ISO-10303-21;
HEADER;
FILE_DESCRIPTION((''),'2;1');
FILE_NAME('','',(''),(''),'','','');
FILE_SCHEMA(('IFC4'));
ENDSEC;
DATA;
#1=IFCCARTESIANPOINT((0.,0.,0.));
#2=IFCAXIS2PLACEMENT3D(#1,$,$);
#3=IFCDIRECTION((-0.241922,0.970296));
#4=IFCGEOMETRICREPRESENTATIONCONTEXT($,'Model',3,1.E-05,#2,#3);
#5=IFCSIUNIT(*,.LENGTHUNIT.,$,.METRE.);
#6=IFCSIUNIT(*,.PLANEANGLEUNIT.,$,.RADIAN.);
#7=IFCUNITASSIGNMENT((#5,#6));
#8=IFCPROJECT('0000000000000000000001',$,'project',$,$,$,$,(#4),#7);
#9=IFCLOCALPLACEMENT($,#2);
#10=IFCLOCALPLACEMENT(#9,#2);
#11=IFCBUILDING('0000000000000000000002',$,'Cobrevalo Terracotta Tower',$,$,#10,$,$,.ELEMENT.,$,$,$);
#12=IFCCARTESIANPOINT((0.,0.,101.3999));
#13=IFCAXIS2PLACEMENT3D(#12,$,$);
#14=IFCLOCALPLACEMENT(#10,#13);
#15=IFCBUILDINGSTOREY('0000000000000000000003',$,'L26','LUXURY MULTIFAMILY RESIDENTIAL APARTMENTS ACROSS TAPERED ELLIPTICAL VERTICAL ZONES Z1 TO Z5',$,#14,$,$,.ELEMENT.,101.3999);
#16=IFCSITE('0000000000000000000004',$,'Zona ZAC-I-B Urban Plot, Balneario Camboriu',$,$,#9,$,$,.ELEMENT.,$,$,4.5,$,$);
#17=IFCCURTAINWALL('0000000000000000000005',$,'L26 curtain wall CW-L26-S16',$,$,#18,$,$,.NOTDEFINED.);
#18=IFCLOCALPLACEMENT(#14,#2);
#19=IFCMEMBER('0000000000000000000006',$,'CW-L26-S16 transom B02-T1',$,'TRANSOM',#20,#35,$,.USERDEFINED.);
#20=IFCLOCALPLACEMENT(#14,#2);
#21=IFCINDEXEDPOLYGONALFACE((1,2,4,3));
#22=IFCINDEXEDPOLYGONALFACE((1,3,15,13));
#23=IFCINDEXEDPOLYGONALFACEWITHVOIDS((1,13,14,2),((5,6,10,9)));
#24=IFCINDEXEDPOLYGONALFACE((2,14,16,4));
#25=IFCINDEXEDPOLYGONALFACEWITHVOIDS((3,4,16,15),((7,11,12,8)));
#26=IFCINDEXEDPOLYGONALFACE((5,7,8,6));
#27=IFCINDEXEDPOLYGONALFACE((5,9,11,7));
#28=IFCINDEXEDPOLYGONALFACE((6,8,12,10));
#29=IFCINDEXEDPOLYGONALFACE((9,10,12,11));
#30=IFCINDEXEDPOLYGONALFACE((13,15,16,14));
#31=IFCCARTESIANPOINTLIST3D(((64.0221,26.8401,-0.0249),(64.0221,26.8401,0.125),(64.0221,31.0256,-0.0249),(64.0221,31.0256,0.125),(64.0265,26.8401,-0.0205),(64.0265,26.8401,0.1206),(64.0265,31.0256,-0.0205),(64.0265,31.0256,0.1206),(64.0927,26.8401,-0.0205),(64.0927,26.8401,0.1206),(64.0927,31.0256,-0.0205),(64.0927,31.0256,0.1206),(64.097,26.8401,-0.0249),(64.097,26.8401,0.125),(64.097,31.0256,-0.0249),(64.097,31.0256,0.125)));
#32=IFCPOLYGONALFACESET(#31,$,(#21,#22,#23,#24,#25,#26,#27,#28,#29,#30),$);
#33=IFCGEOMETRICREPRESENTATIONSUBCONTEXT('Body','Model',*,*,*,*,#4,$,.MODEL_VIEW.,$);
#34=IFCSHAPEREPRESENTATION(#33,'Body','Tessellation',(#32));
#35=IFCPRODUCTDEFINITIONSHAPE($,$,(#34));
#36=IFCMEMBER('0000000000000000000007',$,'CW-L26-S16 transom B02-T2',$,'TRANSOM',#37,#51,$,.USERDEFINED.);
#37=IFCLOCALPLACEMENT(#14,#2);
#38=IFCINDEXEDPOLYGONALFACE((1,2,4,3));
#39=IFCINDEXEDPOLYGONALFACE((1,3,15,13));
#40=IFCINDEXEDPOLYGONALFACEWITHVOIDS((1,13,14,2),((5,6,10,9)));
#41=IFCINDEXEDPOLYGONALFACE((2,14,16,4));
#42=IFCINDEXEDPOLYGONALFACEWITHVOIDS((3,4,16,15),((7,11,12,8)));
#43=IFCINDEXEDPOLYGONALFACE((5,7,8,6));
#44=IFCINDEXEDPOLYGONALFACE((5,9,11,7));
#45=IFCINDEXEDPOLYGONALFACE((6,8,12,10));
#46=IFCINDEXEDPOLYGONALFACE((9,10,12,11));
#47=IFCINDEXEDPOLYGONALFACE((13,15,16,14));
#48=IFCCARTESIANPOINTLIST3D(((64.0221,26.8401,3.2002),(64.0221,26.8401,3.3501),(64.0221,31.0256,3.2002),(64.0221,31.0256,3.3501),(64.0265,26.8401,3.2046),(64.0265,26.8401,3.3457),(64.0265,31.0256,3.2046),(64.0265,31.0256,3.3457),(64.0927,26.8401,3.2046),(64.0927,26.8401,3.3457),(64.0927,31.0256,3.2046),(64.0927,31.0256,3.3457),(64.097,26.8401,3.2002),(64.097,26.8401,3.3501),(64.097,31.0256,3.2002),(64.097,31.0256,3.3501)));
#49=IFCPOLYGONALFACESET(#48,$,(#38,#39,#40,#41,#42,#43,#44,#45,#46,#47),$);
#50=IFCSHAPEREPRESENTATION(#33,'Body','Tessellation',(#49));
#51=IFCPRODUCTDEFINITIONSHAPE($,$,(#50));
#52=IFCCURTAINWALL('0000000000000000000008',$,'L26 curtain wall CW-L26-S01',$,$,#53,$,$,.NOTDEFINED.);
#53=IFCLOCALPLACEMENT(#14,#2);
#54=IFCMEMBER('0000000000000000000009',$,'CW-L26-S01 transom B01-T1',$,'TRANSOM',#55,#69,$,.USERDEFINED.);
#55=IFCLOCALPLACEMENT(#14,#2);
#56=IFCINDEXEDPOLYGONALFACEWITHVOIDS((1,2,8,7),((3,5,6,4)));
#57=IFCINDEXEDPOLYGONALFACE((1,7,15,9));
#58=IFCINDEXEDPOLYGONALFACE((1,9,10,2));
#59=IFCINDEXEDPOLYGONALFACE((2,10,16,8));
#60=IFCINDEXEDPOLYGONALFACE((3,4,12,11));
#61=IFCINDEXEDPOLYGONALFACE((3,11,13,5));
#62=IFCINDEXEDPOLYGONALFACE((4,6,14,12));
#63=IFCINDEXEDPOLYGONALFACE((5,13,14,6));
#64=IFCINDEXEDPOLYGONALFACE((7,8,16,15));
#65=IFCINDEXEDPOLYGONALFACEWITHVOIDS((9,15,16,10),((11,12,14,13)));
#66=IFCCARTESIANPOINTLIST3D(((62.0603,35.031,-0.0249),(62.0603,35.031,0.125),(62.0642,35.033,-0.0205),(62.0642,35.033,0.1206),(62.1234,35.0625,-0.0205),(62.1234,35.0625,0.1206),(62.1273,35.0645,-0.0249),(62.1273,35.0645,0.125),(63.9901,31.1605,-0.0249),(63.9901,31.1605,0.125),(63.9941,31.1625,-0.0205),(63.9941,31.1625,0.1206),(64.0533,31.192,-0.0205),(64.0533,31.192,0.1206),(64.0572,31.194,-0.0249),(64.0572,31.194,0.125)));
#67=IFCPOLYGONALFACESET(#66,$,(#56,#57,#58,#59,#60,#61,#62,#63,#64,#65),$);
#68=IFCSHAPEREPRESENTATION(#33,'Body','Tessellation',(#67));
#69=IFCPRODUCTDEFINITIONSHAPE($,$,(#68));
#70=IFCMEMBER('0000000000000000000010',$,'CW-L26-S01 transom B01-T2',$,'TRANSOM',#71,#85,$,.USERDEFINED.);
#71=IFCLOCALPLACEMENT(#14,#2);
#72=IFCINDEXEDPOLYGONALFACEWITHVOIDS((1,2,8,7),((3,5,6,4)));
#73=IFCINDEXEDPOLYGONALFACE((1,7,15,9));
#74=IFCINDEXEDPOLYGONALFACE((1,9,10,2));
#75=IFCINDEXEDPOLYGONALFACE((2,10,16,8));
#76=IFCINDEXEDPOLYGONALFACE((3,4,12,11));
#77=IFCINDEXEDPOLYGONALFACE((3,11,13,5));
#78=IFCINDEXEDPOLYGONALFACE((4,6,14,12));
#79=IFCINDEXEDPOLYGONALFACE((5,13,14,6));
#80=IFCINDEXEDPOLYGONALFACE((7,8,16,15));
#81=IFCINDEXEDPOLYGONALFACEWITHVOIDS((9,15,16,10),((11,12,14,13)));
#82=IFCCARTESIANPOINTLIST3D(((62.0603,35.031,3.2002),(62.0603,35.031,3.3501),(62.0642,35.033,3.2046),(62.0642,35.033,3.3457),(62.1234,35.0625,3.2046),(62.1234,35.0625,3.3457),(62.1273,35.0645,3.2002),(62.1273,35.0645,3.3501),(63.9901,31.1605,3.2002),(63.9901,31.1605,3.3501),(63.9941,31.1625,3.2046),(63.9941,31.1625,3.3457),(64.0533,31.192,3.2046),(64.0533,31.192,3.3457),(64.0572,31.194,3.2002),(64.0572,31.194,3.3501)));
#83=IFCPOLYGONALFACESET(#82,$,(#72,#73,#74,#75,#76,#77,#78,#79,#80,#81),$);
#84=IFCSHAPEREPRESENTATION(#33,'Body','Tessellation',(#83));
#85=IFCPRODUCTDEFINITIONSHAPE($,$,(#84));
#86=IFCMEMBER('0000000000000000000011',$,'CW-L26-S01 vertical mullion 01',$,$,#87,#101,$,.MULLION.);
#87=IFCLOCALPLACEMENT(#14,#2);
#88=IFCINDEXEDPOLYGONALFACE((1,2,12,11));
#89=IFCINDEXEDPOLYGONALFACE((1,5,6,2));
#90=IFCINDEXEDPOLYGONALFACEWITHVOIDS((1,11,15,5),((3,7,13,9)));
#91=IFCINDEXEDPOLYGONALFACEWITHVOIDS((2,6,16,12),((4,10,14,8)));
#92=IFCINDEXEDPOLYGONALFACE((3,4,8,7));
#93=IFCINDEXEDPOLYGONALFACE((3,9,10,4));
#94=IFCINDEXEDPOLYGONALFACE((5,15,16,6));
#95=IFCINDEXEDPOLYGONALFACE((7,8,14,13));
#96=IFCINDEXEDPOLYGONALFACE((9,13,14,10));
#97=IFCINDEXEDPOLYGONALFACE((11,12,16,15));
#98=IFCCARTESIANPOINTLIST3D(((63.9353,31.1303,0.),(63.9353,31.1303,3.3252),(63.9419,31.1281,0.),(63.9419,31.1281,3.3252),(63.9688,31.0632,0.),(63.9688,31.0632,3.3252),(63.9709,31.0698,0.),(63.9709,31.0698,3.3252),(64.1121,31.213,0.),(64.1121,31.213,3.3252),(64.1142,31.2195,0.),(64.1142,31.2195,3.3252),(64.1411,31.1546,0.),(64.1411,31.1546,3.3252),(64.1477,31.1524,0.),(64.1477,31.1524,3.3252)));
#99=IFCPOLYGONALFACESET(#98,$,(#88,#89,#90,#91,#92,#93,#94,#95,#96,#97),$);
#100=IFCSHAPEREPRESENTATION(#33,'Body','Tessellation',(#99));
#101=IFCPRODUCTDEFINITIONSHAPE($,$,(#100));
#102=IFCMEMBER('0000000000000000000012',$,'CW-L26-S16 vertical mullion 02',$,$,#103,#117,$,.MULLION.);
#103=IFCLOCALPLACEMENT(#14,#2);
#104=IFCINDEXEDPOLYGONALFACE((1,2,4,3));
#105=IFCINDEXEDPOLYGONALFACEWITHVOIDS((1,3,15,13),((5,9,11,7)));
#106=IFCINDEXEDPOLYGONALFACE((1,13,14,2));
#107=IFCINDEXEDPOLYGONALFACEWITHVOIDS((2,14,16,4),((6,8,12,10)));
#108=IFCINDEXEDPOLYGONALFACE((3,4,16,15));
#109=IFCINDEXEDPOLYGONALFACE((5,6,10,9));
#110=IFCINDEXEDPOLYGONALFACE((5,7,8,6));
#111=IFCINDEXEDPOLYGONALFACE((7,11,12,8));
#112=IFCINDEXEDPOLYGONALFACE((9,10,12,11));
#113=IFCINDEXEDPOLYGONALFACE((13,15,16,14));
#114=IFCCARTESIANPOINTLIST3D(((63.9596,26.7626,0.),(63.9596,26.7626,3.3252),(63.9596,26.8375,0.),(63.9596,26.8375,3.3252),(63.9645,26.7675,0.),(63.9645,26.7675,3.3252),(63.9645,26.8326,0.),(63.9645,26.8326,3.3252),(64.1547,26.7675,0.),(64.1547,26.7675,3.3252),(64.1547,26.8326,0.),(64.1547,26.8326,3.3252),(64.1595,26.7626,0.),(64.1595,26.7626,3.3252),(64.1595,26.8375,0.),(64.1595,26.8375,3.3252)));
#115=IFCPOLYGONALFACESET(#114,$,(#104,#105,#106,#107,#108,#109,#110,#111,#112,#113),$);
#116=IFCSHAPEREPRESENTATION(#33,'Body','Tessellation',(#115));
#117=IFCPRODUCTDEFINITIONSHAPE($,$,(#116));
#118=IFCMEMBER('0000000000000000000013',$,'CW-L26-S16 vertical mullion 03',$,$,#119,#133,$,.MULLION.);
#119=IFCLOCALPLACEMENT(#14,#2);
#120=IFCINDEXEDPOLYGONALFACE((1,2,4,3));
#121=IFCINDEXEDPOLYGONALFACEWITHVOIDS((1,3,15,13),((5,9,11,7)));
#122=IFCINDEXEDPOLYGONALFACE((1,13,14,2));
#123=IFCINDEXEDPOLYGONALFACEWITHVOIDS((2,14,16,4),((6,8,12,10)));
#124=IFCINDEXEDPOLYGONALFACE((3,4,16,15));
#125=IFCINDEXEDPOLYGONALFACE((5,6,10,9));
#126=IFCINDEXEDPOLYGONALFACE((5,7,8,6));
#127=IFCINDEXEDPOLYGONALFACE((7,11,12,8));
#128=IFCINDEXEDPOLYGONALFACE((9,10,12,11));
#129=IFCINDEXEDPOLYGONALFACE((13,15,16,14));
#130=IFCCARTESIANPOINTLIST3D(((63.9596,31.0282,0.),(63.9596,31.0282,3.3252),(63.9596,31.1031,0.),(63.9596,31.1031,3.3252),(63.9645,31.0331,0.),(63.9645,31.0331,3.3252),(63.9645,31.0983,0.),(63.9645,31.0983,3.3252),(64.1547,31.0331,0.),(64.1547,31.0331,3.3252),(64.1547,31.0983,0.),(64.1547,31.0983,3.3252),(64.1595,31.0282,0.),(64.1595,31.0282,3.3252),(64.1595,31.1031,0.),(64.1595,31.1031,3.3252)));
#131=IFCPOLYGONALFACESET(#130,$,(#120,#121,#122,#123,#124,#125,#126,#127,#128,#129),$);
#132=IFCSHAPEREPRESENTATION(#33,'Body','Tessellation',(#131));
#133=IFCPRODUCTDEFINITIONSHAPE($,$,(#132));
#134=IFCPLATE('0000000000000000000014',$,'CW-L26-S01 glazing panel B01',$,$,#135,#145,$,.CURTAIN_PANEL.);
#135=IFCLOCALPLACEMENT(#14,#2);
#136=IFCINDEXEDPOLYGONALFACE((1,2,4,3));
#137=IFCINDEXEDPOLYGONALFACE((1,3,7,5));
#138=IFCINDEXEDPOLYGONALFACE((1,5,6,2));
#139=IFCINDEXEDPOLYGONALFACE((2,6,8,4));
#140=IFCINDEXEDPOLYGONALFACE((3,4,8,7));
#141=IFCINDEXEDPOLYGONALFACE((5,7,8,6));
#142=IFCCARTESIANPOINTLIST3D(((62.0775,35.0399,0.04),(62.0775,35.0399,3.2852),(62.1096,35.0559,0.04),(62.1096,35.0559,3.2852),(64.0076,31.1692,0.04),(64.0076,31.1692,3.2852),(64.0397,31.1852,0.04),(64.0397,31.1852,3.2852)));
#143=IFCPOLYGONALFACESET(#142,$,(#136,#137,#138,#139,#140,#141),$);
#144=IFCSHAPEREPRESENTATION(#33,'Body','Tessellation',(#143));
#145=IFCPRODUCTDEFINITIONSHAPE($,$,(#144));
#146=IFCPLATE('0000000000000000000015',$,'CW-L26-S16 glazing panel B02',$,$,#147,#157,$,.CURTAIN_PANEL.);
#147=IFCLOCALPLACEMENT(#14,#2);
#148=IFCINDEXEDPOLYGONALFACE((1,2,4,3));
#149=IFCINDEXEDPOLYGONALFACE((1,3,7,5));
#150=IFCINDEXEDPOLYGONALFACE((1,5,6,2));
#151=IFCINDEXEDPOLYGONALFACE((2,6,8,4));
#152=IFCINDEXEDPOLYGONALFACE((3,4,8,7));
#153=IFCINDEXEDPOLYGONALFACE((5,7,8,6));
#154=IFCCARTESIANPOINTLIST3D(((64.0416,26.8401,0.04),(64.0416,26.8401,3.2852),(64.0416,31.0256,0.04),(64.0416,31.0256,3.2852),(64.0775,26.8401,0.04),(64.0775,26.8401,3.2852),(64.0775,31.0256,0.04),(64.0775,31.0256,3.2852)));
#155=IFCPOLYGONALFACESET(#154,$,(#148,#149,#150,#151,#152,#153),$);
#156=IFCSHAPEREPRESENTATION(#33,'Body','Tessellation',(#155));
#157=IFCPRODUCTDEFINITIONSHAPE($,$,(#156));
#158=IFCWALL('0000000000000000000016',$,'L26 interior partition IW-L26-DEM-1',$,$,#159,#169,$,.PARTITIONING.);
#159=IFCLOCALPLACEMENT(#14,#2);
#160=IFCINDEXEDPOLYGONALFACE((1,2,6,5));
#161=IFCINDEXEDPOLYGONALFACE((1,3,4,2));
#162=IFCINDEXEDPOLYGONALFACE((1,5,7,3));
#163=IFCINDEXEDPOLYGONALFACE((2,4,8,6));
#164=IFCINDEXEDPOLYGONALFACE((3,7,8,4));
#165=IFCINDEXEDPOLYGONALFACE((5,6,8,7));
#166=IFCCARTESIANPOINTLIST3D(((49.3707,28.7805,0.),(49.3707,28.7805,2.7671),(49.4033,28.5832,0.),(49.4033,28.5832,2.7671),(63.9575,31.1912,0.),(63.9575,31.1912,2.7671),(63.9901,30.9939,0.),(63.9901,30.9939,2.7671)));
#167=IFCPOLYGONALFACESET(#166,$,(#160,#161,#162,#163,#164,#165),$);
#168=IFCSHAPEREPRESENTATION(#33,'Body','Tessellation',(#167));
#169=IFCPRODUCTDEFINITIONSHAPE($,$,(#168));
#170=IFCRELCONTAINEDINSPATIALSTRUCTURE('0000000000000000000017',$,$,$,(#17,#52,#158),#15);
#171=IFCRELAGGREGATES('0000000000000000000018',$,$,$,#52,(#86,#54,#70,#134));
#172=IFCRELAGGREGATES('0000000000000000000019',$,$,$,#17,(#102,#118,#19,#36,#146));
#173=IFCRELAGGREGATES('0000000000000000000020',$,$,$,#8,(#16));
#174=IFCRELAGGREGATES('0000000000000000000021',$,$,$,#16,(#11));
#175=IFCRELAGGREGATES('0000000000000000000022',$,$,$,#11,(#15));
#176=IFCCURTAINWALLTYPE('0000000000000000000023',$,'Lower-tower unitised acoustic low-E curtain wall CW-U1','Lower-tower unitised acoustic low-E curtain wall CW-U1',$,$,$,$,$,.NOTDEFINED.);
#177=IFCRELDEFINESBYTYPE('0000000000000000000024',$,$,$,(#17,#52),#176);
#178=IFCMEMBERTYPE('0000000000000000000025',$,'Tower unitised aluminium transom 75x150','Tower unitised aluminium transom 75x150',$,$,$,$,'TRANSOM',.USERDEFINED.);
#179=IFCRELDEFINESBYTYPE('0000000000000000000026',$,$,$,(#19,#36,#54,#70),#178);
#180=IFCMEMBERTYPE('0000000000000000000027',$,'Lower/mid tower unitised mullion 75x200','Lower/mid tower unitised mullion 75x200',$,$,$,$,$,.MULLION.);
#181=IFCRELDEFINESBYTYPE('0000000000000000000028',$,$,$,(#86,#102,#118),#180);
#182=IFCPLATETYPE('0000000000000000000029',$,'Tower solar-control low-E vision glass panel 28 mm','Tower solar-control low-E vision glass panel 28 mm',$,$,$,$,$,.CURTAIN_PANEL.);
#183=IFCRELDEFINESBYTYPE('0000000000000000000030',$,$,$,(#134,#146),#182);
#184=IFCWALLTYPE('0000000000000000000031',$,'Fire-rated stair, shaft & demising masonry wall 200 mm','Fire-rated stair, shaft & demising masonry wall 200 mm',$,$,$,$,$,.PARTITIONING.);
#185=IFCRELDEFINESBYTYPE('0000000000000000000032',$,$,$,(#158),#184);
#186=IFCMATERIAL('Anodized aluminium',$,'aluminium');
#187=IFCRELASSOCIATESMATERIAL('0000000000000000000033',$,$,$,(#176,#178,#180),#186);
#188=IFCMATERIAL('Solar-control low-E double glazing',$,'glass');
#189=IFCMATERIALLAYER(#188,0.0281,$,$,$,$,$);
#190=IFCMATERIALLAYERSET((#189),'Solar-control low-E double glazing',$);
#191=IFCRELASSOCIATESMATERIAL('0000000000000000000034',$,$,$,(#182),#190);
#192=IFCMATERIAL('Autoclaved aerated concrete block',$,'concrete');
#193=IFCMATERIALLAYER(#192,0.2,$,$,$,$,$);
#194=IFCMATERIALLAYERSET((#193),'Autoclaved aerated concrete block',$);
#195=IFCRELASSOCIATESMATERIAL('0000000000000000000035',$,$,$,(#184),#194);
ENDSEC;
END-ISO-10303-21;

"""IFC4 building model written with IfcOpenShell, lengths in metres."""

from ifc_helpers import new_model, si_unit, direction, frame, frame_2d, origin, origin_2d, place, context, subcontext, project, spatial, rectangle, hollow_rectangle, extrude, source, transform, mapped, material, layer, layer_set, material_profile, profile_set, type_object, element, aggregate, save


model = new_model("IFC4")

# Units and contexts
model_context = context("Model", 3, precision=1e-05, world=origin(), true_north=direction((-0.241922, 0.970296)))
body_context = subcontext(model_context, "Body", "Model", "MODEL_VIEW")
ifc_project = project(units=[si_unit("LENGTHUNIT", "METRE"), si_unit("PLANEANGLEUNIT", "RADIAN")], contexts=[model_context])

# Site, building, storey
site_placement = place(None, origin())
site = spatial("IfcSite", under=ifc_project, at=site_placement, Name="Zona ZAC-I-B Urban Plot, Balneario Camboriu", CompositionType="ELEMENT", RefElevation=4.5)
building_placement = place(site_placement, origin())
building = spatial("IfcBuilding", under=site, at=building_placement, Name="Cobrevalo Terracotta Tower", CompositionType="ELEMENT")
storey_placement = place(building_placement, frame((0.0, 0.0, 101.3999)))
storey = spatial("IfcBuildingStorey", under=building, at=storey_placement, Name="L26", Description="LUXURY MULTIFAMILY RESIDENTIAL APARTMENTS ACROSS TAPERED ELLIPTICAL VERTICAL ZONES Z1 TO Z5", CompositionType="ELEMENT", Elevation=101.3999)

# Curtain walls, members
ifc_material_1 = material(Name="Anodized aluminium", Category="aluminium")
curtain_wall_type = type_object("IfcCurtainWallType", Name="Lower-tower unitised acoustic low-E curtain wall CW-U1", Description="Lower-tower unitised acoustic low-E curtain wall CW-U1", PredefinedType="NOTDEFINED", material=ifc_material_1)
curtain_wall_1_placement = place(storey_placement, origin())
curtain_wall_1 = element("IfcCurtainWall", 1, at=curtain_wall_1_placement, inside=storey, type_object=curtain_wall_type, Name="L26 curtain wall CW-L26-S16", PredefinedType="NOTDEFINED")
ifc_material_profile_1 = material_profile(ifc_material_1, hollow_rectangle(XDim=0.075, YDim=0.1499, WallThickness=0.0044, at=origin_2d()), Name="CWT 75x150")
ifc_profile_set_1 = profile_set([ifc_material_profile_1], Name="Anodized aluminium")
member_type_1 = type_object("IfcMemberType", Name="Tower unitised aluminium transom 75x150", Description="Tower unitised aluminium transom 75x150", ElementType="TRANSOM", PredefinedType="USERDEFINED", material=ifc_profile_set_1)
shared_shape_1 = source(origin(), body_context, "Body", "SweptSolid", [
    extrude(hollow_rectangle(XDim=0.075, YDim=0.1499, WallThickness=0.0044, at=origin_2d()), origin(), (0.0, 0.0, 1.0), 4.1855),
])
member_1_placement = place(storey_placement, frame((64.0596, 26.8401, 0.05), z_axis=(0.0, 1.0, 0.0), x_axis=(-1.0, 0.0, 0.0)))
member_1 = element("IfcMember", 2, at=member_1_placement, type_object=member_type_1, Name="CW-L26-S16 transom B02-T1", ObjectType="TRANSOM", PredefinedType="USERDEFINED", context=body_context, shape_type="MappedRepresentation", body=[
    mapped(shared_shape_1, transform((0.0, 0.0, 0.0), scale=1.0)),
])
member_2_placement = place(storey_placement, frame((64.0596, 26.8401, 3.2751), z_axis=(0.0, 1.0, 0.0), x_axis=(-1.0, 0.0, 0.0)))
member_2 = element("IfcMember", 3, at=member_2_placement, type_object=member_type_1, Name="CW-L26-S16 transom B02-T2", ObjectType="TRANSOM", PredefinedType="USERDEFINED", context=body_context, shape_type="MappedRepresentation", body=[
    mapped(shared_shape_1, transform((0.0, 0.0, 0.0), scale=1.0)),
])
curtain_wall_2_placement = place(storey_placement, origin())
curtain_wall_2 = element("IfcCurtainWall", 4, at=curtain_wall_2_placement, inside=storey, type_object=curtain_wall_type, Name="L26 curtain wall CW-L26-S01", PredefinedType="NOTDEFINED")
shared_shape_2 = source(origin(), body_context, "Body", "SweptSolid", [
    extrude(hollow_rectangle(XDim=0.075, YDim=0.1499, WallThickness=0.0044, at=origin_2d()), origin(), (0.0, 0.0, 1.0), 4.325),
])
member_3_placement = place(storey_placement, frame((64.0237, 31.1772, 0.05), z_axis=(-0.44622, 0.894923, 0.0), x_axis=(-0.894923, -0.44622, 0.0)))
member_3 = element("IfcMember", 5, at=member_3_placement, type_object=member_type_1, Name="CW-L26-S01 transom B01-T1", ObjectType="TRANSOM", PredefinedType="USERDEFINED", context=body_context, shape_type="MappedRepresentation", body=[
    mapped(shared_shape_2, transform((0.0, 0.0, 0.0), scale=1.0)),
])
member_4_placement = place(storey_placement, frame((64.0237, 31.1772, 3.2751), z_axis=(-0.44622, 0.894923, 0.0), x_axis=(-0.894923, -0.44622, 0.0)))
member_4 = element("IfcMember", 6, at=member_4_placement, type_object=member_type_1, Name="CW-L26-S01 transom B01-T2", ObjectType="TRANSOM", PredefinedType="USERDEFINED", context=body_context, shape_type="MappedRepresentation", body=[
    mapped(shared_shape_2, transform((0.0, 0.0, 0.0), scale=1.0)),
])
ifc_material_profile_2 = material_profile(ifc_material_1, hollow_rectangle(XDim=0.075, YDim=0.2, WallThickness=0.0049, at=origin_2d()), Name="CWM 75x200")
ifc_profile_set_2 = profile_set([ifc_material_profile_2], Name="Anodized aluminium")
member_type_2 = type_object("IfcMemberType", Name="Lower/mid tower unitised mullion 75x200", Description="Lower/mid tower unitised mullion 75x200", PredefinedType="MULLION", material=ifc_profile_set_2)
shared_shape_3 = source(origin(), body_context, "Body", "SweptSolid", [
    extrude(hollow_rectangle(XDim=0.075, YDim=0.2, WallThickness=0.0049, at=origin_2d()), origin(), (0.0, 0.0, 1.0), 3.3252),
])
member_5_placement = place(storey_placement, frame((64.0415, 31.1414, 0.0), z_axis=(0.0, 0.0, 1.0), x_axis=(-0.44626, 0.894903, 0.0)))
member_5 = element("IfcMember", 7, at=member_5_placement, type_object=member_type_2, Name="CW-L26-S01 vertical mullion 01", PredefinedType="MULLION", context=body_context, shape_type="MappedRepresentation", body=[
    mapped(shared_shape_3, transform((0.0, 0.0, 0.0), scale=1.0)),
])

# Members
member_6_placement = place(storey_placement, frame((64.0596, 26.8, 0.0), z_axis=(0.0, 0.0, 1.0), x_axis=(0.0, 1.0, 0.0)))
member_6 = element("IfcMember", 8, at=member_6_placement, type_object=member_type_2, Name="CW-L26-S16 vertical mullion 02", PredefinedType="MULLION", context=body_context, shape_type="MappedRepresentation", body=[
    mapped(shared_shape_3, transform((0.0, 0.0, 0.0), scale=1.0)),
])
member_7_placement = place(storey_placement, frame((64.0596, 31.0657, 0.0), z_axis=(0.0, 0.0, 1.0), x_axis=(0.0, 1.0, 0.0)))
member_7 = element("IfcMember", 9, at=member_7_placement, type_object=member_type_2, Name="CW-L26-S16 vertical mullion 03", PredefinedType="MULLION", context=body_context, shape_type="MappedRepresentation", body=[
    mapped(shared_shape_3, transform((0.0, 0.0, 0.0), scale=1.0)),
])

# Plates
ifc_material_2 = material(Name="Solar-control low-E double glazing", Category="glass")
ifc_layer_1 = layer(ifc_material_2, 0.0281)
ifc_layer_set_1 = layer_set([ifc_layer_1], Name="Solar-control low-E double glazing")
plate_type = type_object("IfcPlateType", Name="Tower solar-control low-E vision glass panel 28 mm", Description="Tower solar-control low-E vision glass panel 28 mm", PredefinedType="CURTAIN_PANEL", material=ifc_layer_set_1)
shared_shape_4 = source(origin(), body_context, "Body", "SweptSolid", [
    extrude(rectangle(XDim=4.3252, YDim=0.0359, at=origin_2d()), origin(), (0.0, 0.0, 1.0), 3.2451),
])
plate_1_placement = place(storey_placement, frame((63.0586, 33.1125, 0.04), z_axis=(0.0, 0.0, 1.0), x_axis=(-0.446262, 0.894902, 0.0)))
plate_1 = element("IfcPlate", 10, at=plate_1_placement, type_object=plate_type, Name="CW-L26-S01 glazing panel B01", PredefinedType="CURTAIN_PANEL", context=body_context, shape_type="MappedRepresentation", body=[
    mapped(shared_shape_4, transform((0.0, 0.0, 0.0), scale=1.0)),
])
aggregate(curtain_wall_2, [member_5, member_3, member_4, plate_1])
shared_shape_5 = source(origin(), body_context, "Body", "SweptSolid", [
    extrude(rectangle(XDim=4.1855, YDim=0.0359, at=origin_2d()), origin(), (0.0, 0.0, 1.0), 3.2451),
])
plate_2_placement = place(storey_placement, frame((64.0596, 28.9329, 0.04), z_axis=(0.0, 0.0, 1.0), x_axis=(0.0, 1.0, 0.0)))
plate_2 = element("IfcPlate", 11, at=plate_2_placement, type_object=plate_type, Name="CW-L26-S16 glazing panel B02", PredefinedType="CURTAIN_PANEL", context=body_context, shape_type="MappedRepresentation", body=[
    mapped(shared_shape_5, transform((0.0, 0.0, 0.0), scale=1.0)),
])
aggregate(curtain_wall_1, [member_6, member_7, member_1, member_2, plate_2])

# Wall
ifc_material_3 = material(Name="Autoclaved aerated concrete block", Category="concrete")
ifc_layer_2 = layer(ifc_material_3, 0.2)
ifc_layer_set_2 = layer_set([ifc_layer_2], Name="Autoclaved aerated concrete block")
wall_type_1 = type_object("IfcWallType", Name="Fire-rated stair, shaft & demising masonry wall 200 mm", Description="Fire-rated stair, shaft & demising masonry wall 200 mm", PredefinedType="PARTITIONING", material=ifc_layer_set_2)
wall_1_placement = place(storey_placement, frame((49.387, 28.6819, 0.0), z_axis=(0.0, 0.0, 1.0), x_axis=(0.986618, 0.163049, 0.0)))
element("IfcWall", 12, at=wall_1_placement, inside=storey, type_object=wall_type_1, Name="L26 interior partition IW-L26-DEM-1", PredefinedType="PARTITIONING", context=body_context, shape_type="SweptSolid", body=[
    extrude(rectangle(XDim=14.7847, YDim=0.2, at=frame_2d((7.3923, 0.0))), origin(), (0.0, 0.0, 1.0), 2.7671),
])

save(model, "model.ifc")
